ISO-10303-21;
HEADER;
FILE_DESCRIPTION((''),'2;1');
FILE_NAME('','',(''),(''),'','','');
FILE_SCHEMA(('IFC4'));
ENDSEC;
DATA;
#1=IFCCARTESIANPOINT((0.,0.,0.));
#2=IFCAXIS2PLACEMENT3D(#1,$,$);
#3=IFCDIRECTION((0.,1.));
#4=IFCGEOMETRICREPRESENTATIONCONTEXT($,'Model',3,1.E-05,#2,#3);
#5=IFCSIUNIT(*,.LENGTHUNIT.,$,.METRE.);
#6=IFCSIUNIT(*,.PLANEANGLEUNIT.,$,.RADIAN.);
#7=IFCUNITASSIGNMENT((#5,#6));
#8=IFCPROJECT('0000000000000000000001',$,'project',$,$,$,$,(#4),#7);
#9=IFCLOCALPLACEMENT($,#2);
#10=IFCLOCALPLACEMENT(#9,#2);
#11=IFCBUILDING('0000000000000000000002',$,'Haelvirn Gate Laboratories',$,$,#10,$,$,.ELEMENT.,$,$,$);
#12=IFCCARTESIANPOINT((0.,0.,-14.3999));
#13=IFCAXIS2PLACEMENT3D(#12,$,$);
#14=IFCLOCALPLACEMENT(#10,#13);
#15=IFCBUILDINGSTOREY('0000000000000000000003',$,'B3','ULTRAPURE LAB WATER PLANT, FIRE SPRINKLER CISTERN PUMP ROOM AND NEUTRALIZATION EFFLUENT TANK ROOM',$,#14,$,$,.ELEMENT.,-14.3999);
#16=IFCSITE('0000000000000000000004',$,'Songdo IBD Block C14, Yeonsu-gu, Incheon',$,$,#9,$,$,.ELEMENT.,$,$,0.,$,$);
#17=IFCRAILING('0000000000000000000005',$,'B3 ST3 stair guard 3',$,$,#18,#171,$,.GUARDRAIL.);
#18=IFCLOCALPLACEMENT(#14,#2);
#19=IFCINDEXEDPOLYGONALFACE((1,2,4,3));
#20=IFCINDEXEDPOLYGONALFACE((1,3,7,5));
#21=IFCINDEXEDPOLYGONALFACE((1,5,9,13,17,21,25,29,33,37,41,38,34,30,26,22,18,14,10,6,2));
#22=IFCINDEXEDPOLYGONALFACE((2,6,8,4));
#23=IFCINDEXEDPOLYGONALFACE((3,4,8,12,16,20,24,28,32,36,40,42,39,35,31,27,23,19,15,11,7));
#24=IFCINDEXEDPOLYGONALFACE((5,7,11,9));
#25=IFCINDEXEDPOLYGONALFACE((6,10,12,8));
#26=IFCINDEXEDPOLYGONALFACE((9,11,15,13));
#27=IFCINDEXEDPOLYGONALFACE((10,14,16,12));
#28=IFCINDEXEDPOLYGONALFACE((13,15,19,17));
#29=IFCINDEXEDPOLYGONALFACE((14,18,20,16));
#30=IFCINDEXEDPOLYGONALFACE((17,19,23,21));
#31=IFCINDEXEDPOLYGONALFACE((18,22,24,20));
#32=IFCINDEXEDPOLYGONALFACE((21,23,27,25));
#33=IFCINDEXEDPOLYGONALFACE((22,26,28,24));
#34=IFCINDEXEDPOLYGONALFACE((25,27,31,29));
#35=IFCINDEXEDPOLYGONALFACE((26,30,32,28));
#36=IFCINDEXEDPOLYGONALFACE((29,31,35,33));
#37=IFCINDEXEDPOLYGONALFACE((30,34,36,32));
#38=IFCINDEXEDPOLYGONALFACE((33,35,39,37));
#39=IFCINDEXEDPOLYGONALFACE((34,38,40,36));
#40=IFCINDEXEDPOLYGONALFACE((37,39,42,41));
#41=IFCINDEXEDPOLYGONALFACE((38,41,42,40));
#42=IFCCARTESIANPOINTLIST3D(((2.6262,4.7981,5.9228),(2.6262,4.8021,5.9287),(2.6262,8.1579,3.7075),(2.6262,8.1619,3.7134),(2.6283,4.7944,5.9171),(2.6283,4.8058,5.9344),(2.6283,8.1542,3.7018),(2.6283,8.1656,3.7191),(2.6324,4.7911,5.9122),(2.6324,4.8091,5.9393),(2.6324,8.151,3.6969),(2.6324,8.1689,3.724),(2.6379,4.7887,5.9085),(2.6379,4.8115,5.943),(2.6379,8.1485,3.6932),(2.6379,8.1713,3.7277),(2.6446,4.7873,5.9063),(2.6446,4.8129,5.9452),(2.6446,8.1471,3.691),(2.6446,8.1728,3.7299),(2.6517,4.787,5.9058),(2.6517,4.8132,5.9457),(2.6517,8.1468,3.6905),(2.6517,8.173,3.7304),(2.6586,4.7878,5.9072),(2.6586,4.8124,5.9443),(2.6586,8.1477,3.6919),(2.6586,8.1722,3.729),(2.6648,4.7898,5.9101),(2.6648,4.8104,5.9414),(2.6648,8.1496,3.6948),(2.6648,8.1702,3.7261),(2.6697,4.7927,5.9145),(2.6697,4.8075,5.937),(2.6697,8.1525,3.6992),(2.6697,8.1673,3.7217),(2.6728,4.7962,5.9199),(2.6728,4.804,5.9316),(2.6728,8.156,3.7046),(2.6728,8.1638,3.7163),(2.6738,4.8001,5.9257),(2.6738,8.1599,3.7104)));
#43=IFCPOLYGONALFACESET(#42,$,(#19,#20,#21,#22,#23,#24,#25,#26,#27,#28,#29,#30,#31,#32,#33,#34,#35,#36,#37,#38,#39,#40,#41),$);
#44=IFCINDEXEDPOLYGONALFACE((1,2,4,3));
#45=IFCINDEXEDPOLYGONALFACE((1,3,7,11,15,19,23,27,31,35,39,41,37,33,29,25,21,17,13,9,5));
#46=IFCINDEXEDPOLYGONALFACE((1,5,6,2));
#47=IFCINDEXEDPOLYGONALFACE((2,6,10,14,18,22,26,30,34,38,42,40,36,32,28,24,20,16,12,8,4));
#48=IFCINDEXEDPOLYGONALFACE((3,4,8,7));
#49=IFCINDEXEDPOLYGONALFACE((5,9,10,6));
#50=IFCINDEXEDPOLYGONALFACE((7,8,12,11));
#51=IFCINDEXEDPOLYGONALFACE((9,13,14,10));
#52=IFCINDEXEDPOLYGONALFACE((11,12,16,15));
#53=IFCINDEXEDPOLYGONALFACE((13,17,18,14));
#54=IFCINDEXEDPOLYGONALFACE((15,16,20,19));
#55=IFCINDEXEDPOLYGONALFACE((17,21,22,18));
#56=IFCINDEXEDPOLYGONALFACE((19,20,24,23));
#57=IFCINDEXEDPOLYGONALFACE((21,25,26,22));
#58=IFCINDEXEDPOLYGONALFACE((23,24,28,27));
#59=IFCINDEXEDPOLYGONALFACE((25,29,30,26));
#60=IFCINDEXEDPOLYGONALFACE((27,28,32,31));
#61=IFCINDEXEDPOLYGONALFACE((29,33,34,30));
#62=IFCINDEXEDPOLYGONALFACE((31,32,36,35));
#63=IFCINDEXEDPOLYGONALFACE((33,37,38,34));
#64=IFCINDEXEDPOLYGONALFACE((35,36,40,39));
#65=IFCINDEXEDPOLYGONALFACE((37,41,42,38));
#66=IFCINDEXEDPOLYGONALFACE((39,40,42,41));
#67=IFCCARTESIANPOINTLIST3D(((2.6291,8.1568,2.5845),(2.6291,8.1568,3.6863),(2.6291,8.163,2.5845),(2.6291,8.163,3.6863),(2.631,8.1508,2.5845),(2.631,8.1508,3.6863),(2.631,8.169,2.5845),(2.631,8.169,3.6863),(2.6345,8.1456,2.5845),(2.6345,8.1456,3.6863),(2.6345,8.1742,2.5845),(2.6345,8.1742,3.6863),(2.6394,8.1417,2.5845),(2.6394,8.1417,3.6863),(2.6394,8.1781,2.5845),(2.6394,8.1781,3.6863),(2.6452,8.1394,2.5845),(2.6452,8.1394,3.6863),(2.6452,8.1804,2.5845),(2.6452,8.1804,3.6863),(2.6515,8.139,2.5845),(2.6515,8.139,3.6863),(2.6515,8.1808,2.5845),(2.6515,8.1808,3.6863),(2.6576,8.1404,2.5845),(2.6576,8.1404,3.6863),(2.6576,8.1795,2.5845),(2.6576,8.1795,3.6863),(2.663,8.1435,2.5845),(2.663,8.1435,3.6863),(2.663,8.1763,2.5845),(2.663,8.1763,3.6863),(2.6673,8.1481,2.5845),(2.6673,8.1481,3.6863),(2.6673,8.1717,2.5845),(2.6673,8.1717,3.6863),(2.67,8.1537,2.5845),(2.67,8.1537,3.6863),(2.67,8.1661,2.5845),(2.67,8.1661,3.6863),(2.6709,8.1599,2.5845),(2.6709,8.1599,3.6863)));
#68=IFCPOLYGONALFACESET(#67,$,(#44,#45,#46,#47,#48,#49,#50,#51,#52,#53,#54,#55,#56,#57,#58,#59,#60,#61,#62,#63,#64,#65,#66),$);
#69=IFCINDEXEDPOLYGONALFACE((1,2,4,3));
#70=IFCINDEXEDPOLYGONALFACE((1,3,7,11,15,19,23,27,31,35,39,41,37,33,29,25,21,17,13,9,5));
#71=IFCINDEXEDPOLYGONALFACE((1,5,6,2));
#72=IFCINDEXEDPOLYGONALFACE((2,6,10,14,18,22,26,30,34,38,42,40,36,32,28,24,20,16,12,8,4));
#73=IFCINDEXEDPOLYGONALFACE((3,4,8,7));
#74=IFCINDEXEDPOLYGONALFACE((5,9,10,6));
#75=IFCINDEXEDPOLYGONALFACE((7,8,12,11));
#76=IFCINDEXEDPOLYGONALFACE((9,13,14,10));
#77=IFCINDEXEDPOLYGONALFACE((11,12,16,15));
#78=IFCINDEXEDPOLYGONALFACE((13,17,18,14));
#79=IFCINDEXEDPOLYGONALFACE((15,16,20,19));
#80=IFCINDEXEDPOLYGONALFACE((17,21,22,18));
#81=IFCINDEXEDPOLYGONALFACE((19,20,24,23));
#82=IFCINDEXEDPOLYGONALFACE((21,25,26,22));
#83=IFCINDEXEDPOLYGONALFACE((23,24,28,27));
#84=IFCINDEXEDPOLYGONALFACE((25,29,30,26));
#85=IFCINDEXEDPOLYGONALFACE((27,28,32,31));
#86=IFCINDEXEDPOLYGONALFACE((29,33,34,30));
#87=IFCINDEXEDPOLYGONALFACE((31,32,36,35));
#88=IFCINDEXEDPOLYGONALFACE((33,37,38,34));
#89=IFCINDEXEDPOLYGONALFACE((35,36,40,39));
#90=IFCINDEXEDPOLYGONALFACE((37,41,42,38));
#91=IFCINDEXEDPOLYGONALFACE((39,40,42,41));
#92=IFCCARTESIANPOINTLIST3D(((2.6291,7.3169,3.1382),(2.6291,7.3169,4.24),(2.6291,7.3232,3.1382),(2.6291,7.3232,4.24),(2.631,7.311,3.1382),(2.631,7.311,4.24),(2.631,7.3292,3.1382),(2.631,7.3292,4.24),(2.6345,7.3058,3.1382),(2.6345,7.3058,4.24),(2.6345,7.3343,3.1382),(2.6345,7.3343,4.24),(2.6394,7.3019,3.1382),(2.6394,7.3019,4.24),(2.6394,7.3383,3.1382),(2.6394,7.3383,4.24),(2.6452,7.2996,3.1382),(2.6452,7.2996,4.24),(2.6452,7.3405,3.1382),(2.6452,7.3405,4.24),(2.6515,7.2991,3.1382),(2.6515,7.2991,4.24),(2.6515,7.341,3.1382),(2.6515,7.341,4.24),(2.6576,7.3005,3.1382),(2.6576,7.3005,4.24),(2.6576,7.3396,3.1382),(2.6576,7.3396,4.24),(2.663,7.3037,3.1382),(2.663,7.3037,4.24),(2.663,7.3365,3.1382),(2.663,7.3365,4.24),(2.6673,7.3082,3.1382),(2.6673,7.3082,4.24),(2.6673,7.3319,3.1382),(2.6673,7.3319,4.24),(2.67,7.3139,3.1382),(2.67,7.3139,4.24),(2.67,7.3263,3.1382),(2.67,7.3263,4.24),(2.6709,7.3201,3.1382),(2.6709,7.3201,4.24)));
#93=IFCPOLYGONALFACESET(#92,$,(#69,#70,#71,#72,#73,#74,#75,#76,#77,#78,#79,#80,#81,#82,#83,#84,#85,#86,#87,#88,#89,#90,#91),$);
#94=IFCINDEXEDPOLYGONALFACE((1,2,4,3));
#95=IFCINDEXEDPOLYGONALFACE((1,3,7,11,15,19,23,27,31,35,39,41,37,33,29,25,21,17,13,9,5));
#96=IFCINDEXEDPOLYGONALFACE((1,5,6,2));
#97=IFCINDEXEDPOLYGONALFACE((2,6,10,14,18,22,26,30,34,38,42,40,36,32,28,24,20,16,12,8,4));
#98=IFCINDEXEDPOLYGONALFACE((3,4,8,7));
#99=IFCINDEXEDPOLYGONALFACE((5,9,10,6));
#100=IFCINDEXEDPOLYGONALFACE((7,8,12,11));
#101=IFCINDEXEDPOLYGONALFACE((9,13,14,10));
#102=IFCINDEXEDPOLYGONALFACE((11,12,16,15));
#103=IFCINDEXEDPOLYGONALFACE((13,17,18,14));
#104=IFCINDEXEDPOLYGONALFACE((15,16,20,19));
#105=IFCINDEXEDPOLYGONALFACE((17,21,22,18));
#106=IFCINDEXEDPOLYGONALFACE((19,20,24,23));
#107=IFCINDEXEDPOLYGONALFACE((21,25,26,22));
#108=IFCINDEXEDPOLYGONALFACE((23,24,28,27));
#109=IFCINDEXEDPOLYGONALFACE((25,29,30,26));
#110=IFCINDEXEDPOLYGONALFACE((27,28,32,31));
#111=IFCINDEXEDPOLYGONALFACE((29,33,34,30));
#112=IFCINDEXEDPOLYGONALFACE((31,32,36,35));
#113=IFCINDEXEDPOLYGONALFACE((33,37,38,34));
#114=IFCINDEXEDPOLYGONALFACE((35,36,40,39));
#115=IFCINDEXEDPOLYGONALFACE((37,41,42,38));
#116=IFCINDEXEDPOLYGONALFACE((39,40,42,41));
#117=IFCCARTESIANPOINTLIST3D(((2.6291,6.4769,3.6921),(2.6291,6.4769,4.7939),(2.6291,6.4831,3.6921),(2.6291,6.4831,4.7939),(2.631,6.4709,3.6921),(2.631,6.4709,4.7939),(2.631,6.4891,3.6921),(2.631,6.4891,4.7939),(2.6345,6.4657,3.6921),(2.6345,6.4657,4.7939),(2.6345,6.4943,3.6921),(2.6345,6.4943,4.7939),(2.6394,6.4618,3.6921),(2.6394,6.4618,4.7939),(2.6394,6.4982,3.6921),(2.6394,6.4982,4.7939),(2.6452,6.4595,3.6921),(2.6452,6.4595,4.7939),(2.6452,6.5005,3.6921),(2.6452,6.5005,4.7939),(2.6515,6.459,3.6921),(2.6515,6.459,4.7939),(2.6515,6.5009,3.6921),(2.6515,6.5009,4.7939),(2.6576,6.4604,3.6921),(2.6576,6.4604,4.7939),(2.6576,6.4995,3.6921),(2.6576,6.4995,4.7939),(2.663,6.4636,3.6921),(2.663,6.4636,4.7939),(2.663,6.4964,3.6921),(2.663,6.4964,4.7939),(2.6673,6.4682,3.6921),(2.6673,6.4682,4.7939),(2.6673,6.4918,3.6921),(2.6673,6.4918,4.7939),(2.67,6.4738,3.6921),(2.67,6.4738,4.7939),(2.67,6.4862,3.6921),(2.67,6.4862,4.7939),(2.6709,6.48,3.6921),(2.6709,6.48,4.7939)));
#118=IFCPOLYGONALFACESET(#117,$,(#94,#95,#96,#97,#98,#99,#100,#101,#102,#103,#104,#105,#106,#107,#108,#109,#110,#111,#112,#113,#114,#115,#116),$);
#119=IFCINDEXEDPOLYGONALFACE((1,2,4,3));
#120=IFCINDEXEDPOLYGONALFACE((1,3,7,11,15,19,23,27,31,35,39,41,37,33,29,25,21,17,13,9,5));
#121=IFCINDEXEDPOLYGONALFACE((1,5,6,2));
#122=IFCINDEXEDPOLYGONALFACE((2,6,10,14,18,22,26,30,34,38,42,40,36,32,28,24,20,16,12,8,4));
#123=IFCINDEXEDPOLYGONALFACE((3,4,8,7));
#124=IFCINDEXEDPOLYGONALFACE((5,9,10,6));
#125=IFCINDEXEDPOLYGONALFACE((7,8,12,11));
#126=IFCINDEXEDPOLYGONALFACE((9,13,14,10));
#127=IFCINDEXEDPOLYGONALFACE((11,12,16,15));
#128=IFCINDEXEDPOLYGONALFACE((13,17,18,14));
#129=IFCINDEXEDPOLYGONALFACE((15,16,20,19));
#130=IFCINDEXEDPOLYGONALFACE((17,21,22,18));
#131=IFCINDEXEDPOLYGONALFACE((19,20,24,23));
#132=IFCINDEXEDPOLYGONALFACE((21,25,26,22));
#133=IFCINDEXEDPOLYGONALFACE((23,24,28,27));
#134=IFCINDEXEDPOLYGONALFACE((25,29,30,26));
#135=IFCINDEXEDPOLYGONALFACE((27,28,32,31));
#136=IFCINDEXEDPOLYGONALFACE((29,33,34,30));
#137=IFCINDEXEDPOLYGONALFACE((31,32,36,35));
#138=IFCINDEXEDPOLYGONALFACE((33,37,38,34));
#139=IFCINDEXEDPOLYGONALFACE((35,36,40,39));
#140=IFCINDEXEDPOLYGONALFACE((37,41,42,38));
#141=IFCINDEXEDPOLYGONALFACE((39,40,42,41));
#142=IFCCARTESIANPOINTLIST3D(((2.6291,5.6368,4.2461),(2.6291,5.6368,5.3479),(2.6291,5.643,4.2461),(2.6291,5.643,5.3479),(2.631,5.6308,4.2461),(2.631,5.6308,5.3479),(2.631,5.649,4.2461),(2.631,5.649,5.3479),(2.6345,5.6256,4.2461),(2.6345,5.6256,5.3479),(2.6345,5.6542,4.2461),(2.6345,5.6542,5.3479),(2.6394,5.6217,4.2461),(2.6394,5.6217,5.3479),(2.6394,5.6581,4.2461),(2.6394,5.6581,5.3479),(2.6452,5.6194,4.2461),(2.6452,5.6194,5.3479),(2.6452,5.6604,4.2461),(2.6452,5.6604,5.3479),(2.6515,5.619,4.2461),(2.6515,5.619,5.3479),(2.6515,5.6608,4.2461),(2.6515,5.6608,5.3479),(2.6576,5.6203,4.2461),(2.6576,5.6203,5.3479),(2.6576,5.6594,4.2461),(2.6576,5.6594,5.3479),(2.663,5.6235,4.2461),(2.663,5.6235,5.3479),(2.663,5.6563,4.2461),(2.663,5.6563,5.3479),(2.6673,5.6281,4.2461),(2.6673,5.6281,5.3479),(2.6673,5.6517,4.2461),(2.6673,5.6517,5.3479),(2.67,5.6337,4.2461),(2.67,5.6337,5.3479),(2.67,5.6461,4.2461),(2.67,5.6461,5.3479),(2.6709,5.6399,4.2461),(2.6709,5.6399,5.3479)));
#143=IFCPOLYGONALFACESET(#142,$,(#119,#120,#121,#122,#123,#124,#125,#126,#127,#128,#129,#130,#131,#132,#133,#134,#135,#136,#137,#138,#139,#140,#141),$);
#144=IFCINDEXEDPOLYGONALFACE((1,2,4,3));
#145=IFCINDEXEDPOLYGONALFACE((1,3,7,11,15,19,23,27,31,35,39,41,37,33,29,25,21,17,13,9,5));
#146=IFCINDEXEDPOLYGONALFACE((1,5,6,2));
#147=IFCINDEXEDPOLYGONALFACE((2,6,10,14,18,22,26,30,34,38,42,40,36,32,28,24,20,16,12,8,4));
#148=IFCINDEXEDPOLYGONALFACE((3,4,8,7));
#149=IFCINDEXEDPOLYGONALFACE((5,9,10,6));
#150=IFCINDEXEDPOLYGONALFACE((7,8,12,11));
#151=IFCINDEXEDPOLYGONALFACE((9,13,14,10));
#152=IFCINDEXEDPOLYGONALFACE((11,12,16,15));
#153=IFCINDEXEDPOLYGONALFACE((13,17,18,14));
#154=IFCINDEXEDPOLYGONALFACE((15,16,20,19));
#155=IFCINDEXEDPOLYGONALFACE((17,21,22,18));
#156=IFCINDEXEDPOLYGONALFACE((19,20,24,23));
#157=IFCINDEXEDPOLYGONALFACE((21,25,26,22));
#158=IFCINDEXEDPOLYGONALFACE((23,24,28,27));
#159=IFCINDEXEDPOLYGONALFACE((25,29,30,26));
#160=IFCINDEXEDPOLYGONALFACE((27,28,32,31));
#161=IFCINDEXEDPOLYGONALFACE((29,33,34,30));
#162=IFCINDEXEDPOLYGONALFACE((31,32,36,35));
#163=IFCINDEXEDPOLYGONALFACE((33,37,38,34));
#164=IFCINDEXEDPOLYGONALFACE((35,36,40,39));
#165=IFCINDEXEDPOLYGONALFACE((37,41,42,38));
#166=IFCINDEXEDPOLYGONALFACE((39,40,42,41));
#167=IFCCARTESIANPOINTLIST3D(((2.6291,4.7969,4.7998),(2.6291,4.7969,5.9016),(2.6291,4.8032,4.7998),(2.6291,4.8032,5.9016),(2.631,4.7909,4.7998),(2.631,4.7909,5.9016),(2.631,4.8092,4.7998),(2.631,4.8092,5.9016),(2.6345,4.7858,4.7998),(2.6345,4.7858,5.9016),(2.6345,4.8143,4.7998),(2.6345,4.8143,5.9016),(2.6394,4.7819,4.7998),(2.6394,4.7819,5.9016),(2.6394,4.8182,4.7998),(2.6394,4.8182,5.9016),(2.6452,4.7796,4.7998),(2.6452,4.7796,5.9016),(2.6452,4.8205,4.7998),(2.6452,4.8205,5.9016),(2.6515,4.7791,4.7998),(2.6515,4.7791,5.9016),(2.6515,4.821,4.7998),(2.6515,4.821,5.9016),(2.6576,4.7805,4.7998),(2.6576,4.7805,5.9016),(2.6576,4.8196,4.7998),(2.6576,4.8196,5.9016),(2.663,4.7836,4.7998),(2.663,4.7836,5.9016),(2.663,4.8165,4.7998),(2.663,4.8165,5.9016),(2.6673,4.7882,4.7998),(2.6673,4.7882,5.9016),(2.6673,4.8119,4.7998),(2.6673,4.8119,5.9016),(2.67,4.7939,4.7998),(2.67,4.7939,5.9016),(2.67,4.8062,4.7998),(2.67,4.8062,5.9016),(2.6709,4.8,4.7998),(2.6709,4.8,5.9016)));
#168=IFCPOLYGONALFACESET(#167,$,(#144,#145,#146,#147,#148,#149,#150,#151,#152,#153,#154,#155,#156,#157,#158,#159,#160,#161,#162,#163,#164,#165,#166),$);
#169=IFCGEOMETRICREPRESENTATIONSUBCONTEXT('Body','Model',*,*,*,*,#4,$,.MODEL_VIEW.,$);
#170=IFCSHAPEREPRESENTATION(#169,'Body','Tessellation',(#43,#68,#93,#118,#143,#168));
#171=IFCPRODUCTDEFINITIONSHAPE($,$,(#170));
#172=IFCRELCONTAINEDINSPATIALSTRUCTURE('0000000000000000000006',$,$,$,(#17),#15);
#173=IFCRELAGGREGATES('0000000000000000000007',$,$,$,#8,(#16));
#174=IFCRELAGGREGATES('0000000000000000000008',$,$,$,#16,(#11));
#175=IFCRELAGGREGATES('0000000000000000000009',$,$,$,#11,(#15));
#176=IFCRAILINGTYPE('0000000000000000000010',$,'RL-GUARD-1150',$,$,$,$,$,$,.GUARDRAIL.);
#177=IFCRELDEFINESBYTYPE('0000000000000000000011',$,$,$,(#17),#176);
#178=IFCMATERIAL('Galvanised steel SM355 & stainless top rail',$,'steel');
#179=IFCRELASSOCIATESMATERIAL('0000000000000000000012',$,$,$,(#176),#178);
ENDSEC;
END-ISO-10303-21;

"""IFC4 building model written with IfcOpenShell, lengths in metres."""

from ifc_helpers import new_model, si_unit, direction, frame, origin, origin_2d, place, context, subcontext, project, spatial, circle, extrude, source, transform, mapped, material, type_object, element, save


model = new_model("IFC4")

# Units and contexts
model_context = context("Model", 3, precision=1e-05, world=origin(), true_north=direction((0.0, 1.0)))
body_context = subcontext(model_context, "Body", "Model", "MODEL_VIEW")
ifc_project = project(units=[si_unit("LENGTHUNIT", "METRE"), si_unit("PLANEANGLEUNIT", "RADIAN")], contexts=[model_context])

# Site, building, storey
site_placement = place(None, origin())
site = spatial("IfcSite", under=ifc_project, at=site_placement, Name="Songdo IBD Block C14, Yeonsu-gu, Incheon", CompositionType="ELEMENT", RefElevation=0.0)
building_placement = place(site_placement, origin())
building = spatial("IfcBuilding", under=site, at=building_placement, Name="Haelvirn Gate Laboratories", CompositionType="ELEMENT")
storey_placement = place(building_placement, frame((0.0, 0.0, -14.3999)))
storey = spatial("IfcBuildingStorey", under=building, at=storey_placement, Name="B3", Description="ULTRAPURE LAB WATER PLANT, FIRE SPRINKLER CISTERN PUMP ROOM AND NEUTRALIZATION EFFLUENT TANK ROOM", CompositionType="ELEMENT", Elevation=-14.3999)

# Railing
ifc_material_1 = material(Name="Galvanised steel SM355 & stainless top rail", Category="steel")
railing_type_1 = type_object("IfcRailingType", Name="RL-GUARD-1150", PredefinedType="GUARDRAIL", material=ifc_material_1)
shared_shape_1 = source(origin(), body_context, "Body", "SweptSolid", [
    extrude(circle(Radius=0.0239, at=origin_2d()), frame((0.0, 0.0, 1.126), z_axis=(0.0, -0.834858, 0.550465), x_axis=(1.0, 0.0, 0.0)), (0.0, 0.0, 1.0), 4.0244),
    extrude(circle(Radius=0.021, at=origin_2d()), origin(), (0.0, 0.0, 1.0), 1.1018),
    extrude(circle(Radius=0.021, at=origin_2d()), frame((0.0, -0.8398, 0.5537)), (0.0, 0.0, 1.0), 1.1018),
    extrude(circle(Radius=0.021, at=origin_2d()), frame((0.0, -1.6799, 1.1077)), (0.0, 0.0, 1.0), 1.1018),
    extrude(circle(Radius=0.021, at=origin_2d()), frame((0.0, -2.52, 1.6616)), (0.0, 0.0, 1.0), 1.1018),
    extrude(circle(Radius=0.021, at=origin_2d()), frame((0.0, -3.3599, 2.2153)), (0.0, 0.0, 1.0), 1.1018),
])
railing_1_placement = place(storey_placement, frame((2.6499, 8.1599, 2.5845)))
element("IfcRailing", 1, at=railing_1_placement, inside=storey, type_object=railing_type_1, Name="B3 ST3 stair guard 3", PredefinedType="GUARDRAIL", context=body_context, shape_type="MappedRepresentation", body=[
    mapped(shared_shape_1, transform((0.0, 0.0, 0.0), scale=1.0)),
])

save(model, "model.ifc")
